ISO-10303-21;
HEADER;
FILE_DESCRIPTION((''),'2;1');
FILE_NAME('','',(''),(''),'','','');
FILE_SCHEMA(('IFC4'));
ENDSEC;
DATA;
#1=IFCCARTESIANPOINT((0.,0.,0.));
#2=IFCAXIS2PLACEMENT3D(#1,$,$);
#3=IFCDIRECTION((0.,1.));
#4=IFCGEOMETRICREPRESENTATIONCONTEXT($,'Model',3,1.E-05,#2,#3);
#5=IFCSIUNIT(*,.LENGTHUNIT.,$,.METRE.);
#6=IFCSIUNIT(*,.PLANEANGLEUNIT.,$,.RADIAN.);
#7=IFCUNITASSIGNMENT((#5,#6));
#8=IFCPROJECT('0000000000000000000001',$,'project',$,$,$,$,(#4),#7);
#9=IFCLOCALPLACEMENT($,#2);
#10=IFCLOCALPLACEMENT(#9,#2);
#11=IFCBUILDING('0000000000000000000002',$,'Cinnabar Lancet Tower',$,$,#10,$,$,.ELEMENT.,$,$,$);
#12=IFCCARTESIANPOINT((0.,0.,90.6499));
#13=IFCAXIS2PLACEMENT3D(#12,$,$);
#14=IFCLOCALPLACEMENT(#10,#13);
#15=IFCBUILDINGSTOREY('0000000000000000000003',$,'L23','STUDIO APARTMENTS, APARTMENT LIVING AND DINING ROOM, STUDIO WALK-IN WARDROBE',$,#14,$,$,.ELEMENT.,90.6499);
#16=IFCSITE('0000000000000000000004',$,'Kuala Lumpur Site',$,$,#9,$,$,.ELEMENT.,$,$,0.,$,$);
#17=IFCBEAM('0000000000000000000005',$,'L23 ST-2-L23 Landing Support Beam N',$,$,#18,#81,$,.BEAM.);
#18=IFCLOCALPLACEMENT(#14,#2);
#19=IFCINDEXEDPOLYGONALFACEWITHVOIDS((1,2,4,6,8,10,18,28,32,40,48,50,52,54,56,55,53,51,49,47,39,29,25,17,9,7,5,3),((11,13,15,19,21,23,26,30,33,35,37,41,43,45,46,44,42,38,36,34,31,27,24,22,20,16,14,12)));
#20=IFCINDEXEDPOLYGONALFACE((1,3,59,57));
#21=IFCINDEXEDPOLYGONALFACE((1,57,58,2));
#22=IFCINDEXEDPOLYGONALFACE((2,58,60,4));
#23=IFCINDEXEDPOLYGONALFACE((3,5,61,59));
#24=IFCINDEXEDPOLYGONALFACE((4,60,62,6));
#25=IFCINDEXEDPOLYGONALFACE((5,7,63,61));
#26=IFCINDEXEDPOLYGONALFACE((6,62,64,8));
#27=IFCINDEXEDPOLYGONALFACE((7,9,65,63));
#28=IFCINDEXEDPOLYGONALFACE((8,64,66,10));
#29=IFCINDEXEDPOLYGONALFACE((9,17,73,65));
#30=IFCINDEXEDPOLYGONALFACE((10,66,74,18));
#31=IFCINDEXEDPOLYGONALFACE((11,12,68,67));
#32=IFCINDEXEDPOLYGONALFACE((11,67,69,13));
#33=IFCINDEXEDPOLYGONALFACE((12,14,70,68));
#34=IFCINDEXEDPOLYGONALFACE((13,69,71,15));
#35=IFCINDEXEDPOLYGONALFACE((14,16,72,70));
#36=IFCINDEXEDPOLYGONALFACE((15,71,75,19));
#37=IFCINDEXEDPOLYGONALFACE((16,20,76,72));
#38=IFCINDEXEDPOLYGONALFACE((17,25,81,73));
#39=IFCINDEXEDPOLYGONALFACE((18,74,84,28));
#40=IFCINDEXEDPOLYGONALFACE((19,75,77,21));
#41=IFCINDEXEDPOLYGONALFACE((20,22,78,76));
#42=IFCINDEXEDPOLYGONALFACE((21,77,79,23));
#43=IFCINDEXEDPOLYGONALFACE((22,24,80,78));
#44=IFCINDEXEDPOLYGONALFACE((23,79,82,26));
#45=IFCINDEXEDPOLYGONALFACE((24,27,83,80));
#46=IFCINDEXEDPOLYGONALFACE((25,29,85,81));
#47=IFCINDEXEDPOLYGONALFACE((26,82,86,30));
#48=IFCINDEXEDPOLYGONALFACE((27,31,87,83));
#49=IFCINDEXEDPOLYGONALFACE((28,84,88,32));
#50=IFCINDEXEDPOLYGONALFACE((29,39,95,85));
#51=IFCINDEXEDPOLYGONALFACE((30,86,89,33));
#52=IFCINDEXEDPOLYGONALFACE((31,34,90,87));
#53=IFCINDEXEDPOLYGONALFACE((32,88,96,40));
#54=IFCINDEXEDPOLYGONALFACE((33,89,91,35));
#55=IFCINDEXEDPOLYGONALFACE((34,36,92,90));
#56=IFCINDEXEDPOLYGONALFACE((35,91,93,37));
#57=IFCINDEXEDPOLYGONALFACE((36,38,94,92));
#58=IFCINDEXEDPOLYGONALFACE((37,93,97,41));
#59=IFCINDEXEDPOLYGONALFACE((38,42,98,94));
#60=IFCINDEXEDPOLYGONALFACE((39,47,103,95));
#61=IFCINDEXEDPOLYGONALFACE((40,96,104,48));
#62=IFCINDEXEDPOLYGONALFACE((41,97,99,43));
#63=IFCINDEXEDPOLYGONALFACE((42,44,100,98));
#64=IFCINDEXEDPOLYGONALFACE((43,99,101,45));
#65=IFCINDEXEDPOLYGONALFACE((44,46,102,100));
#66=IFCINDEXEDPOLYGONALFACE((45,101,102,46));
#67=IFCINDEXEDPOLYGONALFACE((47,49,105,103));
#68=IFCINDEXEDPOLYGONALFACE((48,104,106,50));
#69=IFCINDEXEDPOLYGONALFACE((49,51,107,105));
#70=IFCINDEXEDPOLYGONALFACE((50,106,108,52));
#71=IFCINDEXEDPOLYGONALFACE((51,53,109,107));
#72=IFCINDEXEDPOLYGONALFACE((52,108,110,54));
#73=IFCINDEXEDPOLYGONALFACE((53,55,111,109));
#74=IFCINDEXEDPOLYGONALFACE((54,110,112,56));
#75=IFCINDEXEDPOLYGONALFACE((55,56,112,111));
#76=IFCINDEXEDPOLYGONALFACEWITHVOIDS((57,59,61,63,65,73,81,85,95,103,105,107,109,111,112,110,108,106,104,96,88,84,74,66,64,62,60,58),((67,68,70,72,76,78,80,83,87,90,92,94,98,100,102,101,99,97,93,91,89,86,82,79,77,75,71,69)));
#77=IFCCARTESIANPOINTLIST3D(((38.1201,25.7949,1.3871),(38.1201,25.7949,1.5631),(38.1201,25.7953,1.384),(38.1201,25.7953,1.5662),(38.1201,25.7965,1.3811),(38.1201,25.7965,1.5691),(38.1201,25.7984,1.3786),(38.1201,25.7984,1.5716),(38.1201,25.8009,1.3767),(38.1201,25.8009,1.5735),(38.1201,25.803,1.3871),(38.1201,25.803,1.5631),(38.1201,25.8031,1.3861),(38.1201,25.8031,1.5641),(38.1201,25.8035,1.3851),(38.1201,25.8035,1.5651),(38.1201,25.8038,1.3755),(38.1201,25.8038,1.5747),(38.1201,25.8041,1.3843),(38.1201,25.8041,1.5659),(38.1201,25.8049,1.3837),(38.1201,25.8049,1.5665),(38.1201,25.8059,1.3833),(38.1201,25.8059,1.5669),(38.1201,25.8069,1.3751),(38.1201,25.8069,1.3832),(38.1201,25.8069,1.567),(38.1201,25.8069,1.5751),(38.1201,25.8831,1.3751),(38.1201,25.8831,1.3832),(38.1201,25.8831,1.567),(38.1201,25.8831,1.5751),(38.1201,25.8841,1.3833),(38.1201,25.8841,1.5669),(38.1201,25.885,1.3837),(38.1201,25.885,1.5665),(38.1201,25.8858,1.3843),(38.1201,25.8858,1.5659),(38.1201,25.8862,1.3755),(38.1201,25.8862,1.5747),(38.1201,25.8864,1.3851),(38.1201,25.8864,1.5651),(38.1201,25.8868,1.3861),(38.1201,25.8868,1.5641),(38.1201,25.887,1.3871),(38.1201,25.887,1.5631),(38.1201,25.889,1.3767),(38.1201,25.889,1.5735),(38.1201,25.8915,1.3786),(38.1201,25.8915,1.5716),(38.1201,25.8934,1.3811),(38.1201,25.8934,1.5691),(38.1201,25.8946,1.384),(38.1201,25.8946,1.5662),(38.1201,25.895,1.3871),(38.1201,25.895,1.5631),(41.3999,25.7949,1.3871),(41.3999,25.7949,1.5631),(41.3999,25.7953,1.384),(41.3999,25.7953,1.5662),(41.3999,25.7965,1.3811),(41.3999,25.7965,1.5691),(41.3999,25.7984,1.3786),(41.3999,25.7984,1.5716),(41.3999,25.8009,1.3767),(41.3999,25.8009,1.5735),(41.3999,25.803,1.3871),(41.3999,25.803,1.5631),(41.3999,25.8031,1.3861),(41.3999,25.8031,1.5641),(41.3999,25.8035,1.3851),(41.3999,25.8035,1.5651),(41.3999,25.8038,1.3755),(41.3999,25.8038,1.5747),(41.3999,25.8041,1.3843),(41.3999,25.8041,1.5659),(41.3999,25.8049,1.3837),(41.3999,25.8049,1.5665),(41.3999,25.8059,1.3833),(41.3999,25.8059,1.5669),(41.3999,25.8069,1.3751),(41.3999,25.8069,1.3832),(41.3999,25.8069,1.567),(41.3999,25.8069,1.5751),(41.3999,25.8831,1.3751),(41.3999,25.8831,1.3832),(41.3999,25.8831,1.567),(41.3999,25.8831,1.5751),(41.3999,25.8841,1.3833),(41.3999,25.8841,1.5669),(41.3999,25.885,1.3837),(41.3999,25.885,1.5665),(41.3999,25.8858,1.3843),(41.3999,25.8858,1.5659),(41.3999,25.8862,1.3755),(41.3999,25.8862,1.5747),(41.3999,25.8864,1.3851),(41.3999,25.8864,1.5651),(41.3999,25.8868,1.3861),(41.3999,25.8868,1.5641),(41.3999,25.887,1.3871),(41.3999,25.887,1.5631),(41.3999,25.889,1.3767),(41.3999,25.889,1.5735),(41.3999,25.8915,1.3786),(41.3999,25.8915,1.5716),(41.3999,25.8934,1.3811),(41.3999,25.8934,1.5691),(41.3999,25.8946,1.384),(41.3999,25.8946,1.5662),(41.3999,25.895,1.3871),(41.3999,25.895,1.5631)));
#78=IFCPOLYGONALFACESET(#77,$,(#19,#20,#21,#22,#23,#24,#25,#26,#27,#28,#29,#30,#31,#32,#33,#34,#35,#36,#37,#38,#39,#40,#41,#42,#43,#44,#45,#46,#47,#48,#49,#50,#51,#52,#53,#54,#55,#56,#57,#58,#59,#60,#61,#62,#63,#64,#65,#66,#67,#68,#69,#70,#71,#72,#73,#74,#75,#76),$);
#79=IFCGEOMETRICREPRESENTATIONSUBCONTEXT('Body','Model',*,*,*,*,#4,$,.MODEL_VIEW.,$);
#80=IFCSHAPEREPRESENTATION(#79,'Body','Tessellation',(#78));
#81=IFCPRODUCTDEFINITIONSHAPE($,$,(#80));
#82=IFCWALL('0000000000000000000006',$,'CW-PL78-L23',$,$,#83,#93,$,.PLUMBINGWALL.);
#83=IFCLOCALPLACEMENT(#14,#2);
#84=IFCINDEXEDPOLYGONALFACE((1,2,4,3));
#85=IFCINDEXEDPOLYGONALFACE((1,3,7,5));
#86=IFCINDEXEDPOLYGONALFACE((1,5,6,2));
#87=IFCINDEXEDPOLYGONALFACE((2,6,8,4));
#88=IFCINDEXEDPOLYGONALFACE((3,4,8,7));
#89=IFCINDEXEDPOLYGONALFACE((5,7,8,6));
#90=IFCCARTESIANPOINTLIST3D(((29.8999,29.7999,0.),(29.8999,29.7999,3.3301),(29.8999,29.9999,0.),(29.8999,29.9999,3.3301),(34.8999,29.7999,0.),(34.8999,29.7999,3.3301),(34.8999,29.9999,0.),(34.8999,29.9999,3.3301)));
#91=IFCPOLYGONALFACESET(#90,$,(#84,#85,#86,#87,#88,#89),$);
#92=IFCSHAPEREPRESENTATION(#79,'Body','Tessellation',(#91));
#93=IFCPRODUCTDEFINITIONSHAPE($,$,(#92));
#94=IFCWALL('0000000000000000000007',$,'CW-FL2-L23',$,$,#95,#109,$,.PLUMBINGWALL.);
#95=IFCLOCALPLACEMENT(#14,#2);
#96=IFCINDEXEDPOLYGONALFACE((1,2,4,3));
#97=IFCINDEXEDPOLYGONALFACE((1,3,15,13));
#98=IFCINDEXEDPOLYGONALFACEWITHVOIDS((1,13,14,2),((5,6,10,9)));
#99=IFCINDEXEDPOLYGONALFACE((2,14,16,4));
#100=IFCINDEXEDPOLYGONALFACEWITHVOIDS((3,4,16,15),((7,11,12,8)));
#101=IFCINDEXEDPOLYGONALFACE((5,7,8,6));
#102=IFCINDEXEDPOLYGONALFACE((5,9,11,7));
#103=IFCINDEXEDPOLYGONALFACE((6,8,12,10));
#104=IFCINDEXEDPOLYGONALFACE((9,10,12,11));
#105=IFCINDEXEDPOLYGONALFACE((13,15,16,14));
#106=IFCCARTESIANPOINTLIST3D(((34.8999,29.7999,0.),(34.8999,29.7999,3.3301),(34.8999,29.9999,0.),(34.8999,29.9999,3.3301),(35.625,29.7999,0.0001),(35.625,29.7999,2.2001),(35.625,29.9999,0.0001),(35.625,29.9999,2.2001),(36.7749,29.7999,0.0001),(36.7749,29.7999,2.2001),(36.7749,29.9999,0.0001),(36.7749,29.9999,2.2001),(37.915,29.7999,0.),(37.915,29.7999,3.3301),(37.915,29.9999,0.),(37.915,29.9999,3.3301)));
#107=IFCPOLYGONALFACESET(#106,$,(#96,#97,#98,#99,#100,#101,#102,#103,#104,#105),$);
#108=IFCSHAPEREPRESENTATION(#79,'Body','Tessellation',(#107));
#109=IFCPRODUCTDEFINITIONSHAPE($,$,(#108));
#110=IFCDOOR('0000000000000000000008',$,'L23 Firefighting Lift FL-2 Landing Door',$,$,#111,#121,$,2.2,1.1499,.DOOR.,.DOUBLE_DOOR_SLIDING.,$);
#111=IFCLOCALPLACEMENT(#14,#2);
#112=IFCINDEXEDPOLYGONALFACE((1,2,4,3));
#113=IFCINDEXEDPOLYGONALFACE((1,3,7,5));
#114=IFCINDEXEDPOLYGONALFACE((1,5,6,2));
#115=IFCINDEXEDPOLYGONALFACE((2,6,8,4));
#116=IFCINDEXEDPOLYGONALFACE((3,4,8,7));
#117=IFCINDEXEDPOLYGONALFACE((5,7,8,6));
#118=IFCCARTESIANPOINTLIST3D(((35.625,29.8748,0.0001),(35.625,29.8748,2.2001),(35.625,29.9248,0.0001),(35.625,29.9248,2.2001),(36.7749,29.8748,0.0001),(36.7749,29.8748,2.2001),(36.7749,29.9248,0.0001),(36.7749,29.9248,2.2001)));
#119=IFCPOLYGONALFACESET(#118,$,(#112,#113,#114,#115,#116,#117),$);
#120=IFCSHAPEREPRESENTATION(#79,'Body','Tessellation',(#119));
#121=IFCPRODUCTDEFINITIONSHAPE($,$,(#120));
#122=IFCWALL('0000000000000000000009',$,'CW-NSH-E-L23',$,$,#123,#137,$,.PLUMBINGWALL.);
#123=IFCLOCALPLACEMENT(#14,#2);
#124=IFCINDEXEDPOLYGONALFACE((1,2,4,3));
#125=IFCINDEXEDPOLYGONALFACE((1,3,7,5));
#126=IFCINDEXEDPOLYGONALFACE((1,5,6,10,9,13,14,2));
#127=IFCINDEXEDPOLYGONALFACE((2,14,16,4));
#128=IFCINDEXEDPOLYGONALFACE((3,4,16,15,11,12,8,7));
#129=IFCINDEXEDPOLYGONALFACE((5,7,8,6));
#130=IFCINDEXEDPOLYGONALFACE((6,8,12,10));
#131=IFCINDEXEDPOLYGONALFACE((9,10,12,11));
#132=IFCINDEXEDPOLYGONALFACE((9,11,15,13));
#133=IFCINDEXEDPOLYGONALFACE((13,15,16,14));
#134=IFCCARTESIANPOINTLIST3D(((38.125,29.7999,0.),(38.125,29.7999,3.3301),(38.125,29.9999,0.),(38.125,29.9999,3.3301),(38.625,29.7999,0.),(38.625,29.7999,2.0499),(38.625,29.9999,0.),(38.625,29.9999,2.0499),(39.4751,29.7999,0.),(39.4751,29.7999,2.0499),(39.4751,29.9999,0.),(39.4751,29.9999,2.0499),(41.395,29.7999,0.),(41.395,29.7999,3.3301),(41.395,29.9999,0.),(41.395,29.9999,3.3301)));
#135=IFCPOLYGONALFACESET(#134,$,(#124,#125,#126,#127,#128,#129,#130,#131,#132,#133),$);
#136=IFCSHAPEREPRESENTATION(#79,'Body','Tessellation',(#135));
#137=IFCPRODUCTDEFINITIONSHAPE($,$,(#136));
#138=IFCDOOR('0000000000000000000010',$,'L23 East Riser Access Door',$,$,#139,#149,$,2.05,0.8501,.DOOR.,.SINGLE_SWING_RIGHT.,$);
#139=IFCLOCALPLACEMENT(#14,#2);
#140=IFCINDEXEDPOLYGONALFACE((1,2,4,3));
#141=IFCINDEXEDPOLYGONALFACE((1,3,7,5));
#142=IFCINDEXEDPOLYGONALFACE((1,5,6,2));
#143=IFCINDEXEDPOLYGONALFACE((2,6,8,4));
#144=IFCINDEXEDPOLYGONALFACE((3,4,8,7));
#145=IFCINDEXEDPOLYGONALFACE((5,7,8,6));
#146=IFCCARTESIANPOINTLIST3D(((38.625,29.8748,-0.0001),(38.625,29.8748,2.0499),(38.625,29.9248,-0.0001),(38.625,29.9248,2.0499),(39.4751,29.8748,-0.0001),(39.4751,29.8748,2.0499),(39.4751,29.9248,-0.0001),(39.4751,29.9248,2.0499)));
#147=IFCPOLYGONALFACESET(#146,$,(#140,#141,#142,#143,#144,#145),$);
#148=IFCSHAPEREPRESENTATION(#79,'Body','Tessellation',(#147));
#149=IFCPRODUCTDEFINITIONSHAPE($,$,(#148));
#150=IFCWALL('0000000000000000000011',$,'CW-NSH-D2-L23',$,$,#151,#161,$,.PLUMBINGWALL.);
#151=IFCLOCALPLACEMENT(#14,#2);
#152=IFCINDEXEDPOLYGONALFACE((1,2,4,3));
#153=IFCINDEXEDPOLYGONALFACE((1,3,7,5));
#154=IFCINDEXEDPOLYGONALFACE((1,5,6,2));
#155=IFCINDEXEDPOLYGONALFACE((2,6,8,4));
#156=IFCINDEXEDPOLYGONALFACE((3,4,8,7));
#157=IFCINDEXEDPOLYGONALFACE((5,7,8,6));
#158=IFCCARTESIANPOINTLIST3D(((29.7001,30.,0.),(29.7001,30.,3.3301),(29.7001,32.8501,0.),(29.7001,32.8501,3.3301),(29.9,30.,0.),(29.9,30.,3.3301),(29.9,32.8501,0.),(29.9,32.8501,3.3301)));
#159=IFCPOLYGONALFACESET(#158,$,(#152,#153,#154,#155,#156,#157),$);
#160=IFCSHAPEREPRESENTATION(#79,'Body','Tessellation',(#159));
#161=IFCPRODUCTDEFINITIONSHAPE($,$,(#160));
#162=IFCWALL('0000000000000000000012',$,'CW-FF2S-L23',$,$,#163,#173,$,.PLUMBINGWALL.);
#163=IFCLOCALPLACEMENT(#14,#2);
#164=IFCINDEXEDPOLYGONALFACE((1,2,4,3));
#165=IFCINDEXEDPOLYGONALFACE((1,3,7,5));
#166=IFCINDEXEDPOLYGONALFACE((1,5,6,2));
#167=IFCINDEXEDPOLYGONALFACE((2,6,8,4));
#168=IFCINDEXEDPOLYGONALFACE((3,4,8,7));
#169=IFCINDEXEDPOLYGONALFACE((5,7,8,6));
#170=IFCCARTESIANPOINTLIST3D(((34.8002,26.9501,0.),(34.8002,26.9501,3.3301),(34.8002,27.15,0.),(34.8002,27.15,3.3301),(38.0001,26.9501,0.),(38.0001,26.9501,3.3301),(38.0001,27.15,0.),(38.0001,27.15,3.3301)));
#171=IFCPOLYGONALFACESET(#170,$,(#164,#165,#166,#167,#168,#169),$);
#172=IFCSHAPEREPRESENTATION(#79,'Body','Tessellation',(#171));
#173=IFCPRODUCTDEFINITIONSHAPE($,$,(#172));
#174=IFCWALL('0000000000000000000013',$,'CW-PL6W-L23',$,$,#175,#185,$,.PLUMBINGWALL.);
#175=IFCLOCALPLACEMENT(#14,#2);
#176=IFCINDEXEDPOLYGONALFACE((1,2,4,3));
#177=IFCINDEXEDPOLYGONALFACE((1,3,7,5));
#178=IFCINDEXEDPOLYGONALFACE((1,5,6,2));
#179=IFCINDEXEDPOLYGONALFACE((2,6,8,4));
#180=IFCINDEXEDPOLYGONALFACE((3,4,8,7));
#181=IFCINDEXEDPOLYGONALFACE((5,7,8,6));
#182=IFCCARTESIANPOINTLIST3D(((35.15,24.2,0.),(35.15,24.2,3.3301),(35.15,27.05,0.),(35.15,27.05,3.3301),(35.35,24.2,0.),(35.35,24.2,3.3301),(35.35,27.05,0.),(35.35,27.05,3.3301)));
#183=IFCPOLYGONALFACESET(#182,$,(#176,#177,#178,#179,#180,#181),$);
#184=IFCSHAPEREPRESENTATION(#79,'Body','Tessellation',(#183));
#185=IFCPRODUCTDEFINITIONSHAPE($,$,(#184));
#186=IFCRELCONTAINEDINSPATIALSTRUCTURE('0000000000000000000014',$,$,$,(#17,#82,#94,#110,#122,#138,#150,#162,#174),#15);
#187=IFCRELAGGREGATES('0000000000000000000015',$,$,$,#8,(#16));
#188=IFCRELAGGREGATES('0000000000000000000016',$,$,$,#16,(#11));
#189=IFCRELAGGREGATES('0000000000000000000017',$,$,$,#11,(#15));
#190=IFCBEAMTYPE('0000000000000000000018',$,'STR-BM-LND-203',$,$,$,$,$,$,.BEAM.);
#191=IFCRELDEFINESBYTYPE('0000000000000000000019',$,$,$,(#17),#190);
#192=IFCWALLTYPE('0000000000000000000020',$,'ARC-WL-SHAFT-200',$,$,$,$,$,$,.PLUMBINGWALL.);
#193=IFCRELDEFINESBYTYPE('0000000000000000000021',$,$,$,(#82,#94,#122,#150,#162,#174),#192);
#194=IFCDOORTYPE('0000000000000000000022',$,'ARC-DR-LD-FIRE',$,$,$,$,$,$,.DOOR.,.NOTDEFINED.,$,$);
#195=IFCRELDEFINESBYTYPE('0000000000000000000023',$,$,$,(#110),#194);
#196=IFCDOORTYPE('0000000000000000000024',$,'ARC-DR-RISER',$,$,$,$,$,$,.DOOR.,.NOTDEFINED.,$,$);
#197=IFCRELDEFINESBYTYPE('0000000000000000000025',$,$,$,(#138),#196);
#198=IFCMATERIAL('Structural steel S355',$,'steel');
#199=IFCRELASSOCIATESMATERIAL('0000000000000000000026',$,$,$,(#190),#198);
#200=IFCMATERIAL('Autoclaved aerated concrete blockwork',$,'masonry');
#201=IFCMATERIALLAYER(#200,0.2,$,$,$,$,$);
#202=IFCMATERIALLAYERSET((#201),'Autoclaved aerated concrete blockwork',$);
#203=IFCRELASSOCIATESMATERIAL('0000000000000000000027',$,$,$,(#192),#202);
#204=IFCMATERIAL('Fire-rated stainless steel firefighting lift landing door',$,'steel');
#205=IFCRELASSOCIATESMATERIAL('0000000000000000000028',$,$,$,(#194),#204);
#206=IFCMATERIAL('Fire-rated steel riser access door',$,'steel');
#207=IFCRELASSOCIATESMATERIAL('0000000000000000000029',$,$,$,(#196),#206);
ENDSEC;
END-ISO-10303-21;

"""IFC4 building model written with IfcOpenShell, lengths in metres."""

from ifc_helpers import new_model, si_unit, direction, frame, frame_2d, origin, origin_2d, place, context, subcontext, project, spatial, rectangle, hollow_rectangle, extrude, material, layer, layer_set, material_profile, profile_set, type_object, element, fill, save


model = new_model("IFC4")

# Units and contexts
model_context = context("Model", 3, precision=1e-05, world=origin(), true_north=direction((0.0, 1.0)))
body_context = subcontext(model_context, "Body", "Model", "MODEL_VIEW")
ifc_project = project(units=[si_unit("LENGTHUNIT", "METRE"), si_unit("PLANEANGLEUNIT", "RADIAN")], contexts=[model_context])

# Site, building, storey
site_placement = place(None, origin())
site = spatial("IfcSite", under=ifc_project, at=site_placement, Name="Kuala Lumpur Site", CompositionType="ELEMENT", RefElevation=0.0)
building_placement = place(site_placement, origin())
building = spatial("IfcBuilding", under=site, at=building_placement, Name="Cinnabar Lancet Tower", CompositionType="ELEMENT")
storey_placement = place(building_placement, frame((0.0, 0.0, 90.6499)))
storey = spatial("IfcBuildingStorey", under=building, at=storey_placement, Name="L23", Description="STUDIO APARTMENTS, APARTMENT LIVING AND DINING ROOM, STUDIO WALK-IN WARDROBE", CompositionType="ELEMENT", Elevation=90.6499)

# Beam
ifc_material_1 = material(Name="Structural steel S355", Category="steel")
ifc_material_profile = material_profile(ifc_material_1, hollow_rectangle(XDim=0.1001, YDim=0.2, WallThickness=0.0081, InnerFilletRadius=0.0039, OuterFilletRadius=0.012, at=origin_2d()), Name="RHS 200x100x8")
ifc_profile_set = profile_set([ifc_material_profile], Name="Structural steel S355")
beam_type = type_object("IfcBeamType", Name="STR-BM-LND-203", PredefinedType="BEAM", material=ifc_profile_set)
beam_placement = place(storey_placement, frame((38.1201, 25.845, 1.4751), z_axis=(1.0, 0.0, 0.0), x_axis=(0.0, 1.0, 0.0)))
element("IfcBeam", 1, at=beam_placement, inside=storey, type_object=beam_type, Name="L23 ST-2-L23 Landing Support Beam N", PredefinedType="BEAM", context=body_context, shape_type="SweptSolid", body=[
    extrude(hollow_rectangle(XDim=0.1001, YDim=0.2, WallThickness=0.0081, InnerFilletRadius=0.0039, OuterFilletRadius=0.012, at=origin_2d()), origin(), (0.0, 0.0, 1.0), 3.2798),
])

# Wall
ifc_material_2 = material(Name="Autoclaved aerated concrete blockwork", Category="masonry")
ifc_layer = layer(ifc_material_2, 0.2)
ifc_layer_set = layer_set([ifc_layer], Name="Autoclaved aerated concrete blockwork")
wall_type = type_object("IfcWallType", Name="ARC-WL-SHAFT-200", PredefinedType="PLUMBINGWALL", material=ifc_layer_set)
wall_1_placement = place(storey_placement, frame((29.8999, 29.8999, 0.0), z_axis=(0.0, 0.0, 1.0), x_axis=(1.0, 0.0, 0.0)))
element("IfcWall", 2, at=wall_1_placement, inside=storey, type_object=wall_type, Name="CW-PL78-L23", PredefinedType="PLUMBINGWALL", context=body_context, shape_type="SweptSolid", body=[
    extrude(rectangle(XDim=5.0, YDim=0.2, at=frame_2d((2.5, 0.0))), origin(), (0.0, 0.0, 1.0), 3.3301),
])

# Walls, openings, doors
wall_2_placement = place(storey_placement, frame((34.8999, 29.8999, 0.0), z_axis=(0.0, 0.0, 1.0), x_axis=(1.0, 0.0, 0.0)))
wall_2 = element("IfcWall", 3, at=wall_2_placement, inside=storey, type_object=wall_type, Name="CW-FL2-L23", PredefinedType="PLUMBINGWALL", context=body_context, shape_type="SweptSolid", body=[
    extrude(rectangle(XDim=3.0151, YDim=0.2, at=frame_2d((1.5076, 0.0))), origin(), (0.0, 0.0, 1.0), 3.3301),
])
opening_1_placement = place(wall_2_placement, frame((0.7251, 0.0, 0.0)))
opening_1 = element("IfcOpeningElement", 4, at=opening_1_placement, cuts=wall_2, PredefinedType="OPENING", context=body_context, shape_type="SweptSolid", body=[
    extrude(rectangle(XDim=1.1499, YDim=2.2, at=frame_2d((0.575, 1.1001))), frame((0.0, 0.1099, 0.0), z_axis=(0.0, -1.0, 0.0), x_axis=(1.0, 0.0, 0.0)), (0.0, 0.0, 1.0), 0.22),
])
ifc_material_3 = material(Name="Fire-rated stainless steel firefighting lift landing door", Category="steel")
door_type_1 = type_object("IfcDoorType", Name="ARC-DR-LD-FIRE", OperationType="NOTDEFINED", PredefinedType="DOOR", material=ifc_material_3)
door_1_placement = place(opening_1_placement, origin())
door_1 = element("IfcDoor", 5, at=door_1_placement, inside=storey, type_object=door_type_1, Name="L23 Firefighting Lift FL-2 Landing Door", OperationType="DOUBLE_DOOR_SLIDING", OverallHeight=2.2, OverallWidth=1.1499, PredefinedType="DOOR", context=body_context, shape_type="SweptSolid", body=[
    extrude(rectangle(XDim=1.1499, YDim=2.2, at=frame_2d((0.575, 1.1001))), frame((0.0, 0.0249, 0.0), z_axis=(0.0, -1.0, 0.0), x_axis=(1.0, 0.0, 0.0)), (0.0, 0.0, 1.0), 0.05),
])
fill(opening_1, door_1)
wall_3_placement = place(storey_placement, frame((38.125, 29.8999, 0.0), z_axis=(0.0, 0.0, 1.0), x_axis=(1.0, 0.0, 0.0)))
wall_3 = element("IfcWall", 6, at=wall_3_placement, inside=storey, type_object=wall_type, Name="CW-NSH-E-L23", PredefinedType="PLUMBINGWALL", context=body_context, shape_type="SweptSolid", body=[
    extrude(rectangle(XDim=3.27, YDim=0.2, at=frame_2d((1.635, 0.0))), origin(), (0.0, 0.0, 1.0), 3.3301),
])
opening_2_placement = place(wall_3_placement, frame((0.5, 0.0, 0.0)))
opening_2 = element("IfcOpeningElement", 7, at=opening_2_placement, cuts=wall_3, PredefinedType="OPENING", context=body_context, shape_type="SweptSolid", body=[
    extrude(rectangle(XDim=0.8501, YDim=2.05, at=frame_2d((0.425, 1.0249))), frame((0.0, 0.1099, 0.0), z_axis=(0.0, -1.0, 0.0), x_axis=(1.0, 0.0, 0.0)), (0.0, 0.0, 1.0), 0.22),
])
ifc_material_4 = material(Name="Fire-rated steel riser access door", Category="steel")
door_type_2 = type_object("IfcDoorType", Name="ARC-DR-RISER", OperationType="NOTDEFINED", PredefinedType="DOOR", material=ifc_material_4)
door_2_placement = place(opening_2_placement, origin())
door_2 = element("IfcDoor", 8, at=door_2_placement, inside=storey, type_object=door_type_2, Name="L23 East Riser Access Door", OperationType="SINGLE_SWING_RIGHT", OverallHeight=2.05, OverallWidth=0.8501, PredefinedType="DOOR", context=body_context, shape_type="SweptSolid", body=[
    extrude(rectangle(XDim=0.8501, YDim=2.05, at=frame_2d((0.425, 1.0249))), frame((0.0, 0.0249, 0.0), z_axis=(0.0, -1.0, 0.0), x_axis=(1.0, 0.0, 0.0)), (0.0, 0.0, 1.0), 0.05),
])
fill(opening_2, door_2)

# Wall
wall_4_placement = place(storey_placement, frame((29.8, 30.0, 0.0), z_axis=(0.0, 0.0, 1.0), x_axis=(0.0, 1.0, 0.0)))
element("IfcWall", 9, at=wall_4_placement, inside=storey, type_object=wall_type, Name="CW-NSH-D2-L23", PredefinedType="PLUMBINGWALL", context=body_context, shape_type="SweptSolid", body=[
    extrude(rectangle(XDim=2.8501, YDim=0.2, at=frame_2d((1.425, 0.0))), origin(), (0.0, 0.0, 1.0), 3.3301),
])

# Walls
wall_5_placement = place(storey_placement, frame((34.8, 27.05, 0.0), z_axis=(0.0, 0.0, 1.0), x_axis=(1.0, 0.0, 0.0)))
element("IfcWall", 10, at=wall_5_placement, inside=storey, type_object=wall_type, Name="CW-FF2S-L23", PredefinedType="PLUMBINGWALL", context=body_context, shape_type="SweptSolid", body=[
    extrude(rectangle(XDim=3.2, YDim=0.2, at=frame_2d((1.6001, 0.0))), origin(), (0.0, 0.0, 1.0), 3.3301),
])
wall_6_placement = place(storey_placement, frame((35.25, 24.2, 0.0), z_axis=(0.0, 0.0, 1.0), x_axis=(0.0, 1.0, 0.0)))
element("IfcWall", 11, at=wall_6_placement, inside=storey, type_object=wall_type, Name="CW-PL6W-L23", PredefinedType="PLUMBINGWALL", context=body_context, shape_type="SweptSolid", body=[
    extrude(rectangle(XDim=2.8501, YDim=0.2, at=frame_2d((1.425, 0.0))), origin(), (0.0, 0.0, 1.0), 3.3301),
])

save(model, "model.ifc")
